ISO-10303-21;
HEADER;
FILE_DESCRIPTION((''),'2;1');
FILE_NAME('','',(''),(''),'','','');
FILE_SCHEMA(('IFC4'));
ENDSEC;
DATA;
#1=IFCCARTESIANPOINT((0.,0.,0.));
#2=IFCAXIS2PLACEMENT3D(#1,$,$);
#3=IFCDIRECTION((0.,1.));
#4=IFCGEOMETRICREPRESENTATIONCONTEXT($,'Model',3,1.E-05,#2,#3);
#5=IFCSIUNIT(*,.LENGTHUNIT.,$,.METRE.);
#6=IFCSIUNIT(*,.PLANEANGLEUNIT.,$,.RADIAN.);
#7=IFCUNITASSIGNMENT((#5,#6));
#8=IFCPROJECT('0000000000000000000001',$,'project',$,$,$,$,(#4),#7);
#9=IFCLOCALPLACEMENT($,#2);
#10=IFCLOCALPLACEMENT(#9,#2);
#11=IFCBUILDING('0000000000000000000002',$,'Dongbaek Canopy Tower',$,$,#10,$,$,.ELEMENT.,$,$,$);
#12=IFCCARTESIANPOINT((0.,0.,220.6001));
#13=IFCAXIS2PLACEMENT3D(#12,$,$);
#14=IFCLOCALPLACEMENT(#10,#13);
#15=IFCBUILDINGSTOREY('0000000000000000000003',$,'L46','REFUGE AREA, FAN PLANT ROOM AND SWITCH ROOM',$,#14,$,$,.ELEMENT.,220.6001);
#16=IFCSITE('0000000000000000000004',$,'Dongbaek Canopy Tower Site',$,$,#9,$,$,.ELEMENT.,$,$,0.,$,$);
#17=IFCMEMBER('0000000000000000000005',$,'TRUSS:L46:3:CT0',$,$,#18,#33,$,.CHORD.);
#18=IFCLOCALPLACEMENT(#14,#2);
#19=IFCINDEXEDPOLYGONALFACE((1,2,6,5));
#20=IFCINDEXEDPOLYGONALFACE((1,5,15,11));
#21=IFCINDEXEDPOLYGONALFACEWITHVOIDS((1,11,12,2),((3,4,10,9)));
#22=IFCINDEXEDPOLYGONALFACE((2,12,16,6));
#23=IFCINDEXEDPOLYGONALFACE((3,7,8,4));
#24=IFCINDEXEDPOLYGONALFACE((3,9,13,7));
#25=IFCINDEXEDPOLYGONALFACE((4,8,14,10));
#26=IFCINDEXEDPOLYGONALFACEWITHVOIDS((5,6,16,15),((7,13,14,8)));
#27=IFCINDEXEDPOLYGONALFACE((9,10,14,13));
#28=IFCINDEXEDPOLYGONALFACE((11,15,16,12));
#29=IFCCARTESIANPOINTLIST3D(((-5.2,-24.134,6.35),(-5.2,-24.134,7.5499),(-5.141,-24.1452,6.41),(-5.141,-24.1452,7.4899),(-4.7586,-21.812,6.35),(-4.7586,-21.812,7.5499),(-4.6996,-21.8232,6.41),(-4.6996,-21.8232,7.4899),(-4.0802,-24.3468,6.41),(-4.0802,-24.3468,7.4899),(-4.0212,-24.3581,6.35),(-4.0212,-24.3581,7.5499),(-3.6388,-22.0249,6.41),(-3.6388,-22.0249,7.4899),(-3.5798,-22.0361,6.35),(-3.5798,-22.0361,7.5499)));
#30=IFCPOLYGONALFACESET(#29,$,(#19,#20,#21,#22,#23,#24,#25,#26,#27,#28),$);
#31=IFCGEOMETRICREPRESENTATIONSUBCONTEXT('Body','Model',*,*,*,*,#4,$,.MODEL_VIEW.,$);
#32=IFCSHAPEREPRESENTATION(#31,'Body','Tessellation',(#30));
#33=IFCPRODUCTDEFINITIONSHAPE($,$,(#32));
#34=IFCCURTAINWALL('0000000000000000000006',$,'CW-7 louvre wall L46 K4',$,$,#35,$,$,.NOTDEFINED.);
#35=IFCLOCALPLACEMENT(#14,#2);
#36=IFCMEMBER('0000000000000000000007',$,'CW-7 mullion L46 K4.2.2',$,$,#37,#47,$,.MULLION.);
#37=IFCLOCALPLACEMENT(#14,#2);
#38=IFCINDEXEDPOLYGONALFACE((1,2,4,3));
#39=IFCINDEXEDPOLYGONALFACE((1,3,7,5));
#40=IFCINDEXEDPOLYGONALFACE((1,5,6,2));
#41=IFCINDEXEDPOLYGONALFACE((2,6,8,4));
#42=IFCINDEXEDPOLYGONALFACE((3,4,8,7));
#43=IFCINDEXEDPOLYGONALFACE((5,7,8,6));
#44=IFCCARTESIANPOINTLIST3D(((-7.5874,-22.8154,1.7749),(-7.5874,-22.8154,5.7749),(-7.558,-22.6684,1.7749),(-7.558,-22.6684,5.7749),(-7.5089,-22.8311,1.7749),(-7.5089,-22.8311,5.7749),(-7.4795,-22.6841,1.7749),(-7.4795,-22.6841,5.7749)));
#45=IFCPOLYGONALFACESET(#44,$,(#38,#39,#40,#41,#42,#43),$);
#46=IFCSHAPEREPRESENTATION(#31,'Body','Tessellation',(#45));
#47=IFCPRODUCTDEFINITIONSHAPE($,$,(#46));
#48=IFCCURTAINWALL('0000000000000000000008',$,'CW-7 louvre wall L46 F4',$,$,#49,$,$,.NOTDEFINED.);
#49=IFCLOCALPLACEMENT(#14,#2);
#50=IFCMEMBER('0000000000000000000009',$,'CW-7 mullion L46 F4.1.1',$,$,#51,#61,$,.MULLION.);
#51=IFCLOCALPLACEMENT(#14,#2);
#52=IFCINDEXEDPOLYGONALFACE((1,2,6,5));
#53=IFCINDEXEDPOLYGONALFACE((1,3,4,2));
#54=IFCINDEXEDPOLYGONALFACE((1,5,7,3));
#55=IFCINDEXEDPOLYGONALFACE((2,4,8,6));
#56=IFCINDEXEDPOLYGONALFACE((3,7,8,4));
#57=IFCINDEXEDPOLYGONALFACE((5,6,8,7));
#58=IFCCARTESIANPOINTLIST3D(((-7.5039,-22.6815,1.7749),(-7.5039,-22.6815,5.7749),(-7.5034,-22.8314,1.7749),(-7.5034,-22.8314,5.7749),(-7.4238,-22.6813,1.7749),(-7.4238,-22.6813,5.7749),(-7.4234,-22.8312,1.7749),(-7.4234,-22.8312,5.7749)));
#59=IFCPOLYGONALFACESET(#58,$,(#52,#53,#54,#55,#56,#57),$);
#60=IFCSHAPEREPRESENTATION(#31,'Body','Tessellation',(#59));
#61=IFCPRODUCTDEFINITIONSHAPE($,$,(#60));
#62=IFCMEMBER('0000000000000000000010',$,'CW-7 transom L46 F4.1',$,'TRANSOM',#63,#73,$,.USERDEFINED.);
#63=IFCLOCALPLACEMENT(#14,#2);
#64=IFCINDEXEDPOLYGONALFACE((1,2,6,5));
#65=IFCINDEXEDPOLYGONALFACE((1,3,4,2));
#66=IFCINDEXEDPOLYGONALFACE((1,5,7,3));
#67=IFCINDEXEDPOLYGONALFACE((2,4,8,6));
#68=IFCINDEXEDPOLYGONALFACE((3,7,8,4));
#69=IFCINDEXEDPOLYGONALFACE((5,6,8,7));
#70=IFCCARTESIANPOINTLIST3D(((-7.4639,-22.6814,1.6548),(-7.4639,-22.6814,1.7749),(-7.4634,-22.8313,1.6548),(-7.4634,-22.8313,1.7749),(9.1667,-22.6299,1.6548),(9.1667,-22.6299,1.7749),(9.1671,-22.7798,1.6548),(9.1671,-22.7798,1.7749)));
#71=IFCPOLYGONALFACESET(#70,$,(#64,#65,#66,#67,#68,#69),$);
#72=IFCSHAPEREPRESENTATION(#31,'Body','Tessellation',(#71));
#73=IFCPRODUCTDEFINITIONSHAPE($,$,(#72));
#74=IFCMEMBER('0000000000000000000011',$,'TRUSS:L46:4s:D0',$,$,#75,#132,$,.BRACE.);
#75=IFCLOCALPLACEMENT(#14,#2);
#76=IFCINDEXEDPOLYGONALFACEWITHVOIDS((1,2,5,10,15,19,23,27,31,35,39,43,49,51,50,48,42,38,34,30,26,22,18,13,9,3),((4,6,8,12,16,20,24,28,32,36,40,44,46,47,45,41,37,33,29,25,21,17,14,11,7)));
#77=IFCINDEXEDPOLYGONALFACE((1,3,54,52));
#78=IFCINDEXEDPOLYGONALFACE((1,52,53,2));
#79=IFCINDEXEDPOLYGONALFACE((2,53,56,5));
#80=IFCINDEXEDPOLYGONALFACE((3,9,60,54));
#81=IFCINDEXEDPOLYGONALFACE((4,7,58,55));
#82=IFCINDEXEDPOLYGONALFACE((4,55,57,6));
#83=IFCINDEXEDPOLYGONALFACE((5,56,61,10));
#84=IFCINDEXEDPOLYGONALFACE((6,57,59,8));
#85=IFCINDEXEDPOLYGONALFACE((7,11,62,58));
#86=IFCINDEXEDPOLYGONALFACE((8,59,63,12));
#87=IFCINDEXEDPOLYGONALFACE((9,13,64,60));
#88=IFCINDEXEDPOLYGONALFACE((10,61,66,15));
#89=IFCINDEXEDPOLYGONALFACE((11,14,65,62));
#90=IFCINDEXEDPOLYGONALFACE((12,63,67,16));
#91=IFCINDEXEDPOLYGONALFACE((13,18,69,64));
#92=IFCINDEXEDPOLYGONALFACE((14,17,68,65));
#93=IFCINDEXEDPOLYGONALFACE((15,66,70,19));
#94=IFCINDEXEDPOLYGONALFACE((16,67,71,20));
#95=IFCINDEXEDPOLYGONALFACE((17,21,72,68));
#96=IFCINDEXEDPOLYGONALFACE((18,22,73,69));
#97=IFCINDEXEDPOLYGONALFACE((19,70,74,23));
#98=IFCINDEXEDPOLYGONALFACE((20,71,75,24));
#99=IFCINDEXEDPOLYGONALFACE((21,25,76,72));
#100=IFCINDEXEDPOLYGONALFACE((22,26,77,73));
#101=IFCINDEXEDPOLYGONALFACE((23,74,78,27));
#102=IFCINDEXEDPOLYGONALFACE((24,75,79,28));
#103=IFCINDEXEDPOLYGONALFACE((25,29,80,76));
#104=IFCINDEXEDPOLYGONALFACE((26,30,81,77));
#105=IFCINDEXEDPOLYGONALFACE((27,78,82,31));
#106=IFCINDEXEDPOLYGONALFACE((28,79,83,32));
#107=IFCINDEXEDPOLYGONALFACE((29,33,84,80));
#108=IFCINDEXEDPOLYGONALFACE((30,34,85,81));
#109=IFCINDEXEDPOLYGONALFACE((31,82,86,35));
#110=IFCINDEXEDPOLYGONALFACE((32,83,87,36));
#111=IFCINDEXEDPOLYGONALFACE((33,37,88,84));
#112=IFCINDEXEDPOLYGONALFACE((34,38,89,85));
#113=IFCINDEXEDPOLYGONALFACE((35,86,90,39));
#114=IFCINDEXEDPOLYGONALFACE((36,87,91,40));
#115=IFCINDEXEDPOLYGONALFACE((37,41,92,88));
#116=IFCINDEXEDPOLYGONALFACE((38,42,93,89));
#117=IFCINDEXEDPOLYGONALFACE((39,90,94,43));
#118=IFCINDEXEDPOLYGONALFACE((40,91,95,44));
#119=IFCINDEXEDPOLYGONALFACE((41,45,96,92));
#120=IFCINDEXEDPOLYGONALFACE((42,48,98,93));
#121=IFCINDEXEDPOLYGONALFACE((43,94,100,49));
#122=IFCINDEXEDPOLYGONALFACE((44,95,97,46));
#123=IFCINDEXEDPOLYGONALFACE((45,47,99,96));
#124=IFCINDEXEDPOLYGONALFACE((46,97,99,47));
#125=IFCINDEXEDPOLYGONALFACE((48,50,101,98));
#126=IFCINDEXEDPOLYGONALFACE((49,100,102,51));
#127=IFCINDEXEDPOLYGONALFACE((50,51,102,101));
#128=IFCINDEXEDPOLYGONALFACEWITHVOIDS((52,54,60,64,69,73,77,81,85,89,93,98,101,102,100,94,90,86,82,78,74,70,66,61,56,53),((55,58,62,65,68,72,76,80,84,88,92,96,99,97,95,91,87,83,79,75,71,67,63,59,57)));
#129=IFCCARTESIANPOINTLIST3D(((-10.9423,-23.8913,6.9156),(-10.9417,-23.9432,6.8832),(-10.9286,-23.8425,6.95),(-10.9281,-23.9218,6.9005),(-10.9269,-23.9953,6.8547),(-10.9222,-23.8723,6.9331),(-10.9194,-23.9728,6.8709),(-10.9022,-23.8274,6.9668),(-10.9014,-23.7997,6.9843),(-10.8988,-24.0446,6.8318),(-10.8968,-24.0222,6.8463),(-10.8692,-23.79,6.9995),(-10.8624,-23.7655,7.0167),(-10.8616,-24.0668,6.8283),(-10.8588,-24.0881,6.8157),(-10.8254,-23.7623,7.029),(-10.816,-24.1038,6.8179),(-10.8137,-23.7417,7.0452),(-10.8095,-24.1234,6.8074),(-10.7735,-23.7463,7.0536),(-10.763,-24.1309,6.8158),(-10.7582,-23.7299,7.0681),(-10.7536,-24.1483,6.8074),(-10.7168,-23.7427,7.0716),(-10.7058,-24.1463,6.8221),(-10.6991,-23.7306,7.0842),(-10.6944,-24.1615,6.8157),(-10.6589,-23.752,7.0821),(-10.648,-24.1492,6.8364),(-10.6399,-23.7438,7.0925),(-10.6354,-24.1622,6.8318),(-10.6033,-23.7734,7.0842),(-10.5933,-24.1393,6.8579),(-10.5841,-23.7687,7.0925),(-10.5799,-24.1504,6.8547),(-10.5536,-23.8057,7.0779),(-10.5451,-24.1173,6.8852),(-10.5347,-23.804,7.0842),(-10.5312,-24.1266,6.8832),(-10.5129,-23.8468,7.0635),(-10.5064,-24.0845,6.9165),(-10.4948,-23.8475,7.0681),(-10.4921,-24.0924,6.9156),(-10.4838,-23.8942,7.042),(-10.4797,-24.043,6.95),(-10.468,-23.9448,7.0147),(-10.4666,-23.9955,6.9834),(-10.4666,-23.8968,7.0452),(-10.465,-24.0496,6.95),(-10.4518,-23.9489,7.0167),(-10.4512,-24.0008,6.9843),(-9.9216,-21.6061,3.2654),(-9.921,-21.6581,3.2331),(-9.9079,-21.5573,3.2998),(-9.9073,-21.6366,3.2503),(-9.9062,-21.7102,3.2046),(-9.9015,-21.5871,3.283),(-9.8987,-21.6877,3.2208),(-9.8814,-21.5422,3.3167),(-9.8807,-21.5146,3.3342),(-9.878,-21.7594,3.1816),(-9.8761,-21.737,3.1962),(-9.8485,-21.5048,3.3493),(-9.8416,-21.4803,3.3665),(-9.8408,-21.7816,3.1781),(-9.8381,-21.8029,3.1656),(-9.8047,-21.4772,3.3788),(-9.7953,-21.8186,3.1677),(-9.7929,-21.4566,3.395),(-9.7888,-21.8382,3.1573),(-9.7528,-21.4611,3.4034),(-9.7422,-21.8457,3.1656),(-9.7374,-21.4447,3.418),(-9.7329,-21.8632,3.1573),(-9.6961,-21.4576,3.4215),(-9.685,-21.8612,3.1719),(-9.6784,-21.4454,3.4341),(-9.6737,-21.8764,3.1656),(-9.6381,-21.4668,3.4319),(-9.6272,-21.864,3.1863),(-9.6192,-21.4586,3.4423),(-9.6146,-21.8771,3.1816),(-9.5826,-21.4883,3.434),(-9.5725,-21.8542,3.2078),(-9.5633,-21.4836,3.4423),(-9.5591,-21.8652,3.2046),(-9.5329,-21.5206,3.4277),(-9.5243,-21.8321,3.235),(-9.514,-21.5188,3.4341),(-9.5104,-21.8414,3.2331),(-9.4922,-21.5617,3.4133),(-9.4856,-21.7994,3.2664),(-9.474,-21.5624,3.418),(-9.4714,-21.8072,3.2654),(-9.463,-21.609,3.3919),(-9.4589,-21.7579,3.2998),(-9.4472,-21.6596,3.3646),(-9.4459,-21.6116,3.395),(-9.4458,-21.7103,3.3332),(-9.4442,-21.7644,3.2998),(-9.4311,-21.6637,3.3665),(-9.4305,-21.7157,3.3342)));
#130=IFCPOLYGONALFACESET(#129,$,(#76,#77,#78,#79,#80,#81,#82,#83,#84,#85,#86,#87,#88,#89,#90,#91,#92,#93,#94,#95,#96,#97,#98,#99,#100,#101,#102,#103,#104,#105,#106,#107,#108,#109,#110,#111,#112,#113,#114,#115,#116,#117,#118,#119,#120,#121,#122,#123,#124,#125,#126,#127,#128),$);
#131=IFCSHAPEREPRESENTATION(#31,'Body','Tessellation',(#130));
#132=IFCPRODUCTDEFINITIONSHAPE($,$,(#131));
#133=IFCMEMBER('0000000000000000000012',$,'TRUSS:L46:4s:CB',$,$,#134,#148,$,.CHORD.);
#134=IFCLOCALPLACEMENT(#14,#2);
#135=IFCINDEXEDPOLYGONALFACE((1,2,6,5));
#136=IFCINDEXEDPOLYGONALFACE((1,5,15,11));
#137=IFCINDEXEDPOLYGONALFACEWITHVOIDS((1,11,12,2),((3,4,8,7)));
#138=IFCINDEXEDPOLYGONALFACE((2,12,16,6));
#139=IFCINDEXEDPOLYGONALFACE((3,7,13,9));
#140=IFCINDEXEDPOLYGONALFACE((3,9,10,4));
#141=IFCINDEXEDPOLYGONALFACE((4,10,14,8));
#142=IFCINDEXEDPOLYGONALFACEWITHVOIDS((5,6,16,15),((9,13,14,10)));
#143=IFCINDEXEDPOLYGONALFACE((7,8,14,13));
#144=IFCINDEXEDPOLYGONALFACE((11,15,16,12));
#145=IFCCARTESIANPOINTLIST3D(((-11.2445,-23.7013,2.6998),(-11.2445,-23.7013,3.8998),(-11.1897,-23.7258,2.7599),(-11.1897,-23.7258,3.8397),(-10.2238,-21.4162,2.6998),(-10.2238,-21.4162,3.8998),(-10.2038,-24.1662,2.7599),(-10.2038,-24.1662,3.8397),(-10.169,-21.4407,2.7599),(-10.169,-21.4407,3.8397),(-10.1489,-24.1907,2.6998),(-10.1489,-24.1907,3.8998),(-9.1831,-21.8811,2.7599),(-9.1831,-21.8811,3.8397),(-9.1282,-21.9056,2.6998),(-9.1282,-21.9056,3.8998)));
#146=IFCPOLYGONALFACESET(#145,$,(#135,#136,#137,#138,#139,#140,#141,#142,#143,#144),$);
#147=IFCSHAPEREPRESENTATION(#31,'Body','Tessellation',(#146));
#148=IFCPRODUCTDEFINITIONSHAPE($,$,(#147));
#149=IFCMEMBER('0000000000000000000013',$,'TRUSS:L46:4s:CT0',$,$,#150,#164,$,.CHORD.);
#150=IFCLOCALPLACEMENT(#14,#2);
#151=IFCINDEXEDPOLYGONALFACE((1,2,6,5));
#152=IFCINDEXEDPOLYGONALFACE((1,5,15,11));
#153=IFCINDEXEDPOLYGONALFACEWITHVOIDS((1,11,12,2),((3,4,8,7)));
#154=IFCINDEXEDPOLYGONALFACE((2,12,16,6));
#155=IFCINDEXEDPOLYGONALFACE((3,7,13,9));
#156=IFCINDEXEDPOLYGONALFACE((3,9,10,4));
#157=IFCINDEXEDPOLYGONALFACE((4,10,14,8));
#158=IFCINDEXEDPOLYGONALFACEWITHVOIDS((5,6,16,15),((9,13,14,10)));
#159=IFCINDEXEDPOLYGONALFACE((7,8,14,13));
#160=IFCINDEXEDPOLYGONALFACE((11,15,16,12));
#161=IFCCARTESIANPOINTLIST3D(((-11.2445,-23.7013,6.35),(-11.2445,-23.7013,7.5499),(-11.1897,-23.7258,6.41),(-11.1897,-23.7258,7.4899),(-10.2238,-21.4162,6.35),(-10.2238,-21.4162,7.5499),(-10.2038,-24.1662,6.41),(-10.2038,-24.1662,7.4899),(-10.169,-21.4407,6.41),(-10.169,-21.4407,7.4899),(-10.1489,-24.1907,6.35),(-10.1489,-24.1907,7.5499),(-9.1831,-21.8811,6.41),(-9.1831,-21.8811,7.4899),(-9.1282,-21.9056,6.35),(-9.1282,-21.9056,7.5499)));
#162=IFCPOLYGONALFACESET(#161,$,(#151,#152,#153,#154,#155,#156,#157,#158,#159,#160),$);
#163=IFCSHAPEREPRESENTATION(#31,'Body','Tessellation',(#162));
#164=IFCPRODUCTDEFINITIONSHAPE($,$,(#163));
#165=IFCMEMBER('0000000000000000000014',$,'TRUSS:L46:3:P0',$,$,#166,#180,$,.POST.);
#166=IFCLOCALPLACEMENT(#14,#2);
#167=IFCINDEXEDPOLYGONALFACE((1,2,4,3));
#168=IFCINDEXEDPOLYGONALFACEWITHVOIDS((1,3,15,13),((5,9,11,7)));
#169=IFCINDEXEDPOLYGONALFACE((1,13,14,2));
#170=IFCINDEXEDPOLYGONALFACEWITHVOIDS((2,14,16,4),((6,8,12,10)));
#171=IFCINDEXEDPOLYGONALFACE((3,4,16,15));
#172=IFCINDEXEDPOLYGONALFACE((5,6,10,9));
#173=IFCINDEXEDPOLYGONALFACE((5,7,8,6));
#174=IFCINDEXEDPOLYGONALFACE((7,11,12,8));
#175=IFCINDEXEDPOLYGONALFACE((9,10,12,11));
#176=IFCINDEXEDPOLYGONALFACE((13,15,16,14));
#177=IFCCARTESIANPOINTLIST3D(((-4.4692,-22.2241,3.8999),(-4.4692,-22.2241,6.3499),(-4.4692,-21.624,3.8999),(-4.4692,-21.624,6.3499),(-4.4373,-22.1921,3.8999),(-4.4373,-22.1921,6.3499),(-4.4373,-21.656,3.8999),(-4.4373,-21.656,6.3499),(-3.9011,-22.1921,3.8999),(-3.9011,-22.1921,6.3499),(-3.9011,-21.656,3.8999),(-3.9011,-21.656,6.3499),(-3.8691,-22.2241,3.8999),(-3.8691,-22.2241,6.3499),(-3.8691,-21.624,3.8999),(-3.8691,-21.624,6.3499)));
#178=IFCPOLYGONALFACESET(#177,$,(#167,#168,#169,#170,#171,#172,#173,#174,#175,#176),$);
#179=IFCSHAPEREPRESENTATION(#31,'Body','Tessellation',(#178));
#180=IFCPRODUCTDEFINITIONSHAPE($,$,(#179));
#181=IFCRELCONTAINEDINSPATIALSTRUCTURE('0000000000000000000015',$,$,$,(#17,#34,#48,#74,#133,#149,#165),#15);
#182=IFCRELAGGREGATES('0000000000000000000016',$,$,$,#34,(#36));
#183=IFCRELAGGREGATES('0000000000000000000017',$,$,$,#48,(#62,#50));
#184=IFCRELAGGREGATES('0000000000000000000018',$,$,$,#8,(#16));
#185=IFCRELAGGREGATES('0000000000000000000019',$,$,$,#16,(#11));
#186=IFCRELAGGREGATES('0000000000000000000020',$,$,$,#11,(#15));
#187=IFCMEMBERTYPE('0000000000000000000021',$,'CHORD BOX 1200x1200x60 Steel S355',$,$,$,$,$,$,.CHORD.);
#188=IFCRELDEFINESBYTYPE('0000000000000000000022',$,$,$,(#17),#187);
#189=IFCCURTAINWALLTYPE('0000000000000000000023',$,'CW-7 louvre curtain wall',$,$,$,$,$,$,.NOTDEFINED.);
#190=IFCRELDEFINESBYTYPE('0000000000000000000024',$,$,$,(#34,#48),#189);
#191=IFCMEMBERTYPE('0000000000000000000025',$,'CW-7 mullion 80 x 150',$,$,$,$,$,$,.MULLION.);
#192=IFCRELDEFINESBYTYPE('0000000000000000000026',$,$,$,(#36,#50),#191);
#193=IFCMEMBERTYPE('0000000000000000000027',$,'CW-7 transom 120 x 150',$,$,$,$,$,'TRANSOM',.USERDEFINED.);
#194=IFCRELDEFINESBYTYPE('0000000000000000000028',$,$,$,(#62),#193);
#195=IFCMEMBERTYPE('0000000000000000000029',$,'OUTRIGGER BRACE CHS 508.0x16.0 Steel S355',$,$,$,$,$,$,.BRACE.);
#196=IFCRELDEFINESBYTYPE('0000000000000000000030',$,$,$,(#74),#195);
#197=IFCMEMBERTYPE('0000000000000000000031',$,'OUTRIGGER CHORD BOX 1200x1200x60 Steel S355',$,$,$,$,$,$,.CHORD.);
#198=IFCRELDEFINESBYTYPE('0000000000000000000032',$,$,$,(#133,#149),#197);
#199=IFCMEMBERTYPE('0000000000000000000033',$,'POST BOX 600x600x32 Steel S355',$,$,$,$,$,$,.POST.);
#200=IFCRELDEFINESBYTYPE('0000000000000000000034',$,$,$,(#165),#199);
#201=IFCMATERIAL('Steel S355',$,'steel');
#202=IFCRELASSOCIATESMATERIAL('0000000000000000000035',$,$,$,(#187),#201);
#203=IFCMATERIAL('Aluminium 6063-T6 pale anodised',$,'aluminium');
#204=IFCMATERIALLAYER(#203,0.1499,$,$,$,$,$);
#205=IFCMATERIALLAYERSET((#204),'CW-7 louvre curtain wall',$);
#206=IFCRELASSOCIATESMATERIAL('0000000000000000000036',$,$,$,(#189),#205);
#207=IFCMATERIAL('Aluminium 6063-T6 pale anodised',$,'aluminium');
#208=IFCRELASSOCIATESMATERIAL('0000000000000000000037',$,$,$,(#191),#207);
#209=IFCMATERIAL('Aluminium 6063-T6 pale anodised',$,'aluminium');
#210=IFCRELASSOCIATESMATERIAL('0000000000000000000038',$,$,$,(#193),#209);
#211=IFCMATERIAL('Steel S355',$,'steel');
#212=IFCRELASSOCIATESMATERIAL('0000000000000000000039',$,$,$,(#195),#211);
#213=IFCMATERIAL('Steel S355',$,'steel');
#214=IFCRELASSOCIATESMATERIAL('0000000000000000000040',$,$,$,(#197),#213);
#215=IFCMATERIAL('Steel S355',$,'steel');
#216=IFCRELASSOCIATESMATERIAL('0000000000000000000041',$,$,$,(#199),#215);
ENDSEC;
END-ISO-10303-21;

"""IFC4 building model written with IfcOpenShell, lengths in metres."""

from ifc_helpers import new_model, si_unit, direction, frame, origin, origin_2d, place, context, subcontext, project, spatial, rectangle, hollow_rectangle, hollow_circle, extrude, material, layer, layer_set, material_profile, profile_set, type_object, element, aggregate, save


model = new_model("IFC4")

# Units and contexts
model_context = context("Model", 3, precision=1e-05, world=origin(), true_north=direction((0.0, 1.0)))
body_context = subcontext(model_context, "Body", "Model", "MODEL_VIEW")
ifc_project = project(units=[si_unit("LENGTHUNIT", "METRE"), si_unit("PLANEANGLEUNIT", "RADIAN")], contexts=[model_context])

# Site, building, storey
site_placement = place(None, origin())
site = spatial("IfcSite", under=ifc_project, at=site_placement, Name="Dongbaek Canopy Tower Site", CompositionType="ELEMENT", RefElevation=0.0)
building_placement = place(site_placement, origin())
building = spatial("IfcBuilding", under=site, at=building_placement, Name="Dongbaek Canopy Tower", CompositionType="ELEMENT")
storey_placement = place(building_placement, frame((0.0, 0.0, 220.6001)))
storey = spatial("IfcBuildingStorey", under=building, at=storey_placement, Name="L46", Description="REFUGE AREA, FAN PLANT ROOM AND SWITCH ROOM", CompositionType="ELEMENT", Elevation=220.6001)

# Member
ifc_material_1 = material(Name="Steel S355", Category="steel")
ifc_material_profile_1 = material_profile(ifc_material_1, hollow_rectangle(XDim=1.2, YDim=1.2, WallThickness=0.0601, at=origin_2d()), Name="CHORD BOX 1200x1200x60 Steel S355")
ifc_profile_set_1 = profile_set([ifc_material_profile_1], Name="Steel S355")
member_type_1 = type_object("IfcMemberType", Name="CHORD BOX 1200x1200x60 Steel S355", PredefinedType="CHORD", material=ifc_profile_set_1)
for number, where, z_axis, x_axis, name in (
    (1, (-4.1692, -21.9241, 6.95), (-0.186751, -0.982407, 0.0), (0.982407, -0.186751, 0.0), "TRUSS:L46:3:CT0"),
):
    element("IfcMember", number, at=place(storey_placement, frame(where, z_axis=z_axis, x_axis=x_axis)), inside=storey, type_object=member_type_1, Name=name, PredefinedType="CHORD", context=body_context, shape_type="SweptSolid", body=[
        extrude(hollow_rectangle(XDim=1.2, YDim=1.2, WallThickness=0.0601, at=origin_2d()), origin(), (0.0, 0.0, 1.0), 2.3635),
    ])

# Curtain wall, member
ifc_material_2 = material(Name="Aluminium 6063-T6 pale anodised", Category="aluminium")
ifc_layer_1 = layer(ifc_material_2, 0.1499)
ifc_layer_set_1 = layer_set([ifc_layer_1], Name="CW-7 louvre curtain wall")
curtain_wall_type = type_object("IfcCurtainWallType", Name="CW-7 louvre curtain wall", PredefinedType="NOTDEFINED", material=ifc_layer_set_1)
curtain_wall_1_placement = place(storey_placement, origin())
curtain_wall_1 = element("IfcCurtainWall", 2, at=curtain_wall_1_placement, inside=storey, type_object=curtain_wall_type, Name="CW-7 louvre wall L46 K4", PredefinedType="NOTDEFINED")
ifc_material_3 = material(Name="Aluminium 6063-T6 pale anodised", Category="aluminium")
ifc_material_profile_2 = material_profile(ifc_material_3, rectangle(XDim=0.1499, YDim=0.0801, at=origin_2d()), Name="CW-7 mullion 80 x 150")
ifc_profile_set_2 = profile_set([ifc_material_profile_2], Name="Aluminium 6063-T6 pale anodised")
member_type_2 = type_object("IfcMemberType", Name="CW-7 mullion 80 x 150", PredefinedType="MULLION", material=ifc_profile_set_2)
member_1_placement = place(storey_placement, frame((-7.5334, -22.7498, 1.7749), z_axis=(0.0, 0.0, 1.0), x_axis=(-0.19651, -0.980502, 0.0)))
member_1 = element("IfcMember", 3, at=member_1_placement, type_object=member_type_2, Name="CW-7 mullion L46 K4.2.2", PredefinedType="MULLION", context=body_context, shape_type="SweptSolid", body=[
    extrude(rectangle(XDim=0.1499, YDim=0.0801, at=origin_2d()), origin(), (0.0, 0.0, 1.0), 4.0),
])

# Curtain wall, members
curtain_wall_2_placement = place(storey_placement, origin())
curtain_wall_2 = element("IfcCurtainWall", 4, at=curtain_wall_2_placement, inside=storey, type_object=curtain_wall_type, Name="CW-7 louvre wall L46 F4", PredefinedType="NOTDEFINED")
member_2_placement = place(storey_placement, frame((-7.4636, -22.7563, 1.7749), z_axis=(0.0, 0.0, 1.0), x_axis=(0.003106, -0.999995, 0.0)))
member_2 = element("IfcMember", 5, at=member_2_placement, type_object=member_type_2, Name="CW-7 mullion L46 F4.1.1", PredefinedType="MULLION", context=body_context, shape_type="SweptSolid", body=[
    extrude(rectangle(XDim=0.1499, YDim=0.0801, at=origin_2d()), origin(), (0.0, 0.0, 1.0), 4.0),
])
ifc_material_4 = material(Name="Aluminium 6063-T6 pale anodised", Category="aluminium")
ifc_material_profile_3 = material_profile(ifc_material_4, rectangle(XDim=0.1499, YDim=0.1201, at=origin_2d()), Name="CW-7 transom 120 x 150")
ifc_profile_set_3 = profile_set([ifc_material_profile_3], Name="Aluminium 6063-T6 pale anodised")
member_type_3 = type_object("IfcMemberType", Name="CW-7 transom 120 x 150", ElementType="TRANSOM", PredefinedType="USERDEFINED", material=ifc_profile_set_3)
member_3_placement = place(storey_placement, frame((-7.4636, -22.7563, 1.7148), z_axis=(0.999995, 0.003098, 0.0), x_axis=(-0.003098, 0.999995, 0.0)))
member_3 = element("IfcMember", 6, at=member_3_placement, type_object=member_type_3, Name="CW-7 transom L46 F4.1", ObjectType="TRANSOM", PredefinedType="USERDEFINED", context=body_context, shape_type="SweptSolid", body=[
    extrude(rectangle(XDim=0.1499, YDim=0.1201, at=origin_2d()), origin(), (0.0, 0.0, 1.0), 16.6306),
])

# Members
ifc_material_5 = material(Name="Steel S355", Category="steel")
ifc_material_profile_4 = material_profile(ifc_material_5, hollow_circle(Radius=0.2539, WallThickness=0.0161, at=origin_2d()), Name="OUTRIGGER BRACE CHS 508.0x16.0 Steel S355")
ifc_profile_set_4 = profile_set([ifc_material_profile_4], Name="Steel S355")
member_type_4 = type_object("IfcMemberType", Name="OUTRIGGER BRACE CHS 508.0x16.0 Steel S355", PredefinedType="BRACE", material=ifc_profile_set_4)
member_4_placement = place(storey_placement, frame((-9.676, -21.6609, 3.2998), z_axis=(-0.230638, -0.51633, 0.824748), x_axis=(0.91305, -0.407848, 0.0)))
element("IfcMember", 7, at=member_4_placement, inside=storey, type_object=member_type_4, Name="TRUSS:L46:4s:D0", PredefinedType="BRACE", context=body_context, shape_type="SweptSolid", body=[
    extrude(hollow_circle(Radius=0.2539, WallThickness=0.0161, at=origin_2d()), origin(), (0.0, 0.0, 1.0), 4.4258),
])
ifc_material_6 = material(Name="Steel S355", Category="steel")
ifc_material_profile_5 = material_profile(ifc_material_6, hollow_rectangle(XDim=1.2, YDim=1.2, WallThickness=0.0601, at=origin_2d()), Name="OUTRIGGER CHORD BOX 1200x1200x60 Steel S355")
ifc_profile_set_5 = profile_set([ifc_material_profile_5], Name="Steel S355")
member_type_5 = type_object("IfcMemberType", Name="OUTRIGGER CHORD BOX 1200x1200x60 Steel S355", PredefinedType="CHORD", material=ifc_profile_set_5)
for number, where, z_axis, x_axis, name in (
    (8, (-9.676, -21.6609, 3.2998), (-0.407848, -0.91305, 0.0), (0.91305, -0.407848, 0.0), "TRUSS:L46:4s:CB"),
    (9, (-9.676, -21.6609, 6.95), (-0.407848, -0.91305, 0.0), (0.91305, -0.407848, 0.0), "TRUSS:L46:4s:CT0"),
):
    element("IfcMember", number, at=place(storey_placement, frame(where, z_axis=z_axis, x_axis=x_axis)), inside=storey, type_object=member_type_5, Name=name, PredefinedType="CHORD", context=body_context, shape_type="SweptSolid", body=[
        extrude(hollow_rectangle(XDim=1.2, YDim=1.2, WallThickness=0.0601, at=origin_2d()), origin(), (0.0, 0.0, 1.0), 2.5027),
    ])
ifc_material_7 = material(Name="Steel S355", Category="steel")
ifc_material_profile_6 = material_profile(ifc_material_7, hollow_rectangle(XDim=0.6001, YDim=0.6001, WallThickness=0.032, at=origin_2d()), Name="POST BOX 600x600x32 Steel S355")
ifc_profile_set_6 = profile_set([ifc_material_profile_6], Name="Steel S355")
member_type_6 = type_object("IfcMemberType", Name="POST BOX 600x600x32 Steel S355", PredefinedType="POST", material=ifc_profile_set_6)
for number, where, z_axis, x_axis, name in (
    (10, (-4.1692, -21.9241, 3.8999), (0.0, 0.0, 1.0), (1.0, 0.0, 0.0), "TRUSS:L46:3:P0"),
):
    element("IfcMember", number, at=place(storey_placement, frame(where, z_axis=z_axis, x_axis=x_axis)), inside=storey, type_object=member_type_6, Name=name, PredefinedType="POST", context=body_context, shape_type="SweptSolid", body=[
        extrude(hollow_rectangle(XDim=0.6001, YDim=0.6001, WallThickness=0.032, at=origin_2d()), origin(), (0.0, 0.0, 1.0), 2.45),
    ])

aggregate(curtain_wall_1, [member_1])
aggregate(curtain_wall_2, [member_3, member_2])

save(model, "model.ifc")
